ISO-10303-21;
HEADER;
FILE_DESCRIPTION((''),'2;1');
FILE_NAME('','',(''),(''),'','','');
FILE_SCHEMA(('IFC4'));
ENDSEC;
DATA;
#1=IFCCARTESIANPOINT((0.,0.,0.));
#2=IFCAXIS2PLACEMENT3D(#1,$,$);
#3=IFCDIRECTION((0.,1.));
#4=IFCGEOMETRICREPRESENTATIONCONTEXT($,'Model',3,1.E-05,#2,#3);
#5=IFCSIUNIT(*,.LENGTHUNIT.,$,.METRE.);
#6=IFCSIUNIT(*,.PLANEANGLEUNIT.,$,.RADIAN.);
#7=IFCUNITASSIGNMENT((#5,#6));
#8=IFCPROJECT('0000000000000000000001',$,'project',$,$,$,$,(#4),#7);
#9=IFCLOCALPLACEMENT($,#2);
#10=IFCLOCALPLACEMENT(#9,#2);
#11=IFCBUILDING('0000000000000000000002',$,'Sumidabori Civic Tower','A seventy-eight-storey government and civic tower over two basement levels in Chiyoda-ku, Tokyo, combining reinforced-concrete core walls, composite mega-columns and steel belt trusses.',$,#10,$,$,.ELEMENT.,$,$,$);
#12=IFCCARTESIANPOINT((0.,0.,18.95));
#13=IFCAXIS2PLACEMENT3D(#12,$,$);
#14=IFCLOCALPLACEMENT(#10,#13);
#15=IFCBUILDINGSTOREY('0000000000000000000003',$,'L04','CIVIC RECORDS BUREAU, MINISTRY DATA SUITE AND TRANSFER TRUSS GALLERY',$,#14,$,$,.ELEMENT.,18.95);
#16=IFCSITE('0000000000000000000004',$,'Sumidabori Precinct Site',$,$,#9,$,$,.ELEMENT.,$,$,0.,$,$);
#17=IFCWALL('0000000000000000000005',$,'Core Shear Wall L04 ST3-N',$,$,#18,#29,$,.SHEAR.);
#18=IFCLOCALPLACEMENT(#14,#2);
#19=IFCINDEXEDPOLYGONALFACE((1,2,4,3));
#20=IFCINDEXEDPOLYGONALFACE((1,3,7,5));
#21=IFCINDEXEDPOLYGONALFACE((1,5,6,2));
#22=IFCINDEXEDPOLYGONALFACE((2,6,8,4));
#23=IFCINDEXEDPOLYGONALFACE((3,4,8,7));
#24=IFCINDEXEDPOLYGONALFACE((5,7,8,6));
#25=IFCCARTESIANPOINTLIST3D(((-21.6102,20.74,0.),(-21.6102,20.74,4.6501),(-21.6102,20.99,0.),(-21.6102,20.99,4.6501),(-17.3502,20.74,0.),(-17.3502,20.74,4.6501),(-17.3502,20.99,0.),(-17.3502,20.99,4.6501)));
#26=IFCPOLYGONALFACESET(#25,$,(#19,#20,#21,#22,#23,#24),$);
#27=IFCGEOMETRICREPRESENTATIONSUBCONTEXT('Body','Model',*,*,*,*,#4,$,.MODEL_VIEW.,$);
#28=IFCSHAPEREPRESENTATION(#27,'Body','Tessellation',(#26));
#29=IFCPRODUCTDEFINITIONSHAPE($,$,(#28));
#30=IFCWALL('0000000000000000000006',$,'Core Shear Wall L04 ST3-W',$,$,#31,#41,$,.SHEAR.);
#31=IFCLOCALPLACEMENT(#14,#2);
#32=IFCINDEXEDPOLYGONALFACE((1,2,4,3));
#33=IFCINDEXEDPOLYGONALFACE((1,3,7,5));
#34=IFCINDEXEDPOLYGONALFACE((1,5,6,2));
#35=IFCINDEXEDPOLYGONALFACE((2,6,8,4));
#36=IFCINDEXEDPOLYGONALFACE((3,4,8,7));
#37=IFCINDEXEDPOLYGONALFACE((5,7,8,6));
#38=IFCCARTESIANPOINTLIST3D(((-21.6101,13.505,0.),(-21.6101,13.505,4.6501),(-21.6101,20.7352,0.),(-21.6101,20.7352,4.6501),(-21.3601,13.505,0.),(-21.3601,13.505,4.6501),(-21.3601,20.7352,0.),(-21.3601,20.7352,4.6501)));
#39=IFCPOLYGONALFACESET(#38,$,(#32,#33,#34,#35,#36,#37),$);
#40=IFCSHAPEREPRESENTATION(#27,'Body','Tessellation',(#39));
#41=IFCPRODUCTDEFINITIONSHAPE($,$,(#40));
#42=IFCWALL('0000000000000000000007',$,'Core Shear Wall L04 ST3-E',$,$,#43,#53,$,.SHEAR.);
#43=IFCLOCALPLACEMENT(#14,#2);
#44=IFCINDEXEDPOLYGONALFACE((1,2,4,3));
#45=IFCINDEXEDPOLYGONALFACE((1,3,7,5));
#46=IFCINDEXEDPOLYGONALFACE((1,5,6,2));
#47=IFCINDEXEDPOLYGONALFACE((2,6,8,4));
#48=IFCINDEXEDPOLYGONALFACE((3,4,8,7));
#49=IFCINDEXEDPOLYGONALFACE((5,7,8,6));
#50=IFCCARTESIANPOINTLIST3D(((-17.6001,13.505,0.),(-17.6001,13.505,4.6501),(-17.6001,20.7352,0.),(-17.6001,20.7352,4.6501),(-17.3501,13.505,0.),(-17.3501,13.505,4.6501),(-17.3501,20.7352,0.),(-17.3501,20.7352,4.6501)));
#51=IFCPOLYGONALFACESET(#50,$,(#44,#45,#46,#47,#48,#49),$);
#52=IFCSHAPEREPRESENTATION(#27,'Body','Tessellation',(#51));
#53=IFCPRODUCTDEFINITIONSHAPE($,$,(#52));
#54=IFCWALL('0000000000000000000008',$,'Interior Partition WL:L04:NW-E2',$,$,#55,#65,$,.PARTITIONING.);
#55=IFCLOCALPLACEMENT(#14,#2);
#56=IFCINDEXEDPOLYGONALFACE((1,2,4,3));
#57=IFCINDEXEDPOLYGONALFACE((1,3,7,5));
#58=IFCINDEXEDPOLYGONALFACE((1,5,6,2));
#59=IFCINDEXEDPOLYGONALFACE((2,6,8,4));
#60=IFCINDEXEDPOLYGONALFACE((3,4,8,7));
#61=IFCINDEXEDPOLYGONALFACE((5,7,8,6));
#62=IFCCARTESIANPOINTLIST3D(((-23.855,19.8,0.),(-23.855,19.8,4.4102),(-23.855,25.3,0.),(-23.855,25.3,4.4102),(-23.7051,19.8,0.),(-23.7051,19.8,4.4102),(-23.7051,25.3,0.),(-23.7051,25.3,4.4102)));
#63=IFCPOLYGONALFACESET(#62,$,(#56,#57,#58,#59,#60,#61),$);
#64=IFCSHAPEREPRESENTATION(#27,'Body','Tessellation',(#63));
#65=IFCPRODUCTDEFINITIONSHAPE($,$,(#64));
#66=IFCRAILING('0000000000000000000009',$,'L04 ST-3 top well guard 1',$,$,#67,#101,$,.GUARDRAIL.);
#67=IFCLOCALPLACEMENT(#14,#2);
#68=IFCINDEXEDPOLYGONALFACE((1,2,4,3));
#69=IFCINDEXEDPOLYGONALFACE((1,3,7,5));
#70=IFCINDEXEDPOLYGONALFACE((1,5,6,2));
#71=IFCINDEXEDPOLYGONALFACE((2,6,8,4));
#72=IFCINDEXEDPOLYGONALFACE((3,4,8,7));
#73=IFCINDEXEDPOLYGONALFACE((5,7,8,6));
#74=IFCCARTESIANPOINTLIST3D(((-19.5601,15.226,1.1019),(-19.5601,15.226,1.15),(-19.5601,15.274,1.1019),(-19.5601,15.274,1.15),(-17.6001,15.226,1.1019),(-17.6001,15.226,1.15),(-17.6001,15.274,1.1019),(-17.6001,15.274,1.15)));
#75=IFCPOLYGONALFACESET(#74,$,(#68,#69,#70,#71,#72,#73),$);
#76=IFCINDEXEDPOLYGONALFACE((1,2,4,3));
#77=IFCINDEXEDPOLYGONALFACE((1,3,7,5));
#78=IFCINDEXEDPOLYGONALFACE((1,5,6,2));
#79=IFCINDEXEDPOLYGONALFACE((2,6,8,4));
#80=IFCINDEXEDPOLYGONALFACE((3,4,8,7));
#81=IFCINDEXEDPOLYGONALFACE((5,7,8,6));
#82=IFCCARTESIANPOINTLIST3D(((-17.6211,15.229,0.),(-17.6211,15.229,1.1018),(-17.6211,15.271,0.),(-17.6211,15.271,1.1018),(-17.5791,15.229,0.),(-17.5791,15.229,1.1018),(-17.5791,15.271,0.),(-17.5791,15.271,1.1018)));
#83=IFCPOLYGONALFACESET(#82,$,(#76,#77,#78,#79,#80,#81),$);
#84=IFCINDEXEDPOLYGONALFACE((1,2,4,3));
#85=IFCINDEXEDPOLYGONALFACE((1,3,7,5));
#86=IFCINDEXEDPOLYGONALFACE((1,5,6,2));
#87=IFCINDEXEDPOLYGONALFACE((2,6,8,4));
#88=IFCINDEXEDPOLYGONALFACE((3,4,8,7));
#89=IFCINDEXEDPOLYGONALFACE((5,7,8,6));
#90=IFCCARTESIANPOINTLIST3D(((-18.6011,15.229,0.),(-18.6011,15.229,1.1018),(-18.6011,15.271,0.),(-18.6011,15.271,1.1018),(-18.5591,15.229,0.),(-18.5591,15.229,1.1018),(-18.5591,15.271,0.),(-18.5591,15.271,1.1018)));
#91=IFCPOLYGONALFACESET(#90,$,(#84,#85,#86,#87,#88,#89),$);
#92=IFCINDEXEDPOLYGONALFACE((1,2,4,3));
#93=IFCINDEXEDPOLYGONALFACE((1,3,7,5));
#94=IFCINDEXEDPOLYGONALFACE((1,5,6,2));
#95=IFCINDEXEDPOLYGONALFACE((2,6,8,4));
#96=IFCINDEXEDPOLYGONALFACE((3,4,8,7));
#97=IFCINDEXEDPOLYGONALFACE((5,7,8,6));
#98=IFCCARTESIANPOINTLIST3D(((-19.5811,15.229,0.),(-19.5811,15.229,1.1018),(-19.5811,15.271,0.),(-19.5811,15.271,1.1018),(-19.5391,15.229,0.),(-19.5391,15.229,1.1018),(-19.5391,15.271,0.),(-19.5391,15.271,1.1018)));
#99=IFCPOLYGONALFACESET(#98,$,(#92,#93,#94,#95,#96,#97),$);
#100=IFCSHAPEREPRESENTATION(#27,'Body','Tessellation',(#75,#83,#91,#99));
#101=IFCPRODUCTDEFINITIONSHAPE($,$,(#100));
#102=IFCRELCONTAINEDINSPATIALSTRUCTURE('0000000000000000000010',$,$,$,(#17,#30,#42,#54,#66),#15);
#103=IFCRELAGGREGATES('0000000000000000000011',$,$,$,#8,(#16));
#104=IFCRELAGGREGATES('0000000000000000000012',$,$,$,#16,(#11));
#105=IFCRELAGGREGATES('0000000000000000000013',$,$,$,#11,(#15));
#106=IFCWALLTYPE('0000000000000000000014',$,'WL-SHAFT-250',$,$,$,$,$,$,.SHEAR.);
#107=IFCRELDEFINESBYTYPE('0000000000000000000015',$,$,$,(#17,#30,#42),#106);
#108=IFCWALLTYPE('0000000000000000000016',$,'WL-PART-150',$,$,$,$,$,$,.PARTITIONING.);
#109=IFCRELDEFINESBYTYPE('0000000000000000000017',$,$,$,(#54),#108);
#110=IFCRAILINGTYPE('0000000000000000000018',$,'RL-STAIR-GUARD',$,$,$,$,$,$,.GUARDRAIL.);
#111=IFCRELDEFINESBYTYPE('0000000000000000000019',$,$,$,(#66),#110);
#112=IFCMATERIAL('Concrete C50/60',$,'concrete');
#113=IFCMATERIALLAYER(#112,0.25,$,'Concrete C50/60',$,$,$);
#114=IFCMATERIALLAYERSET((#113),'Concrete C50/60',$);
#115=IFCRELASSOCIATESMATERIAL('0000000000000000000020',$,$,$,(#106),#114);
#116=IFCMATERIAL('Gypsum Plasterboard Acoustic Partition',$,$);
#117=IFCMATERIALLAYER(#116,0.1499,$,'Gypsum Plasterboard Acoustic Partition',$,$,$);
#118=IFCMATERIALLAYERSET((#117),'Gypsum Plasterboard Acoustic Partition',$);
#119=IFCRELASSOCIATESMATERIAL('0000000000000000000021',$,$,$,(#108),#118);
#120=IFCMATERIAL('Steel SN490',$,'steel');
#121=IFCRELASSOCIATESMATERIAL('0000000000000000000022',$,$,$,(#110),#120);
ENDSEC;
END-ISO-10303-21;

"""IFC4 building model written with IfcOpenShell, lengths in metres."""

from ifc_helpers import new_model, si_unit, direction, frame, frame_2d, origin, origin_2d, place, context, subcontext, project, spatial, rectangle, extrude, source, transform, mapped, material, layer, layer_set, type_object, element, save


model = new_model("IFC4")

# Units and contexts
model_context = context("Model", 3, precision=1e-05, world=origin(), true_north=direction((0.0, 1.0)))
body_context = subcontext(model_context, "Body", "Model", "MODEL_VIEW")
ifc_project = project(units=[si_unit("LENGTHUNIT", "METRE"), si_unit("PLANEANGLEUNIT", "RADIAN")], contexts=[model_context])

# Site, building, storey
site_placement = place(None, origin())
site = spatial("IfcSite", under=ifc_project, at=site_placement, Name="Sumidabori Precinct Site", CompositionType="ELEMENT", RefElevation=0.0)
building_placement = place(site_placement, origin())
building = spatial("IfcBuilding", under=site, at=building_placement, Name="Sumidabori Civic Tower", Description="A seventy-eight-storey government and civic tower over two basement levels in Chiyoda-ku, Tokyo, combining reinforced-concrete core walls, composite mega-columns and steel belt trusses.", CompositionType="ELEMENT")
storey_placement = place(building_placement, frame((0.0, 0.0, 18.95)))
storey = spatial("IfcBuildingStorey", under=building, at=storey_placement, Name="L04", Description="CIVIC RECORDS BUREAU, MINISTRY DATA SUITE AND TRANSFER TRUSS GALLERY", CompositionType="ELEMENT", Elevation=18.95)

# Walls
ifc_material_1 = material(Name="Concrete C50/60", Category="concrete")
ifc_layer_1 = layer(ifc_material_1, 0.25, Name="Concrete C50/60")
ifc_layer_set_1 = layer_set([ifc_layer_1], Name="Concrete C50/60")
wall_type_1 = type_object("IfcWallType", Name="WL-SHAFT-250", PredefinedType="SHEAR", material=ifc_layer_set_1)
shared_shape_1 = source(origin(), body_context, "Body", "SweptSolid", [
    extrude(rectangle(XDim=4.26, YDim=0.25, at=frame_2d((2.1299, 0.0))), origin(), (0.0, 0.0, 1.0), 4.6501),
])
wall_1_placement = place(storey_placement, frame((-21.6101, 20.865, 0.0), z_axis=(0.0, 0.0, 1.0), x_axis=(1.0, 0.0, 0.0)))
element("IfcWall", 1, at=wall_1_placement, inside=storey, type_object=wall_type_1, Name="Core Shear Wall L04 ST3-N", PredefinedType="SHEAR", context=body_context, shape_type="MappedRepresentation", body=[
    mapped(shared_shape_1, transform((0.0, 0.0, 0.0), x_axis=(1.0, 0.0, 0.0), y_axis=(0.0, 1.0, 0.0), z_axis=(0.0, 0.0, 1.0), scale=1.0)),
])
shared_shape_2 = source(origin(), body_context, "Body", "SweptSolid", [
    extrude(rectangle(XDim=7.2302, YDim=0.25, at=frame_2d((3.6152, 0.0))), origin(), (0.0, 0.0, 1.0), 4.6501),
])
for number, where, z_axis, x_axis, name in (
    (2, (-21.4851, 13.5049, 0.0), (0.0, 0.0, 1.0), (0.0, 1.0, 0.0), "Core Shear Wall L04 ST3-W"),
    (3, (-17.4751, 13.5049, 0.0), (0.0, 0.0, 1.0), (0.0, 1.0, 0.0), "Core Shear Wall L04 ST3-E"),
):
    element("IfcWall", number, at=place(storey_placement, frame(where, z_axis=z_axis, x_axis=x_axis)), inside=storey, type_object=wall_type_1, Name=name, PredefinedType="SHEAR", context=body_context, shape_type="MappedRepresentation", body=[
        mapped(shared_shape_2, transform((0.0, 0.0, 0.0), x_axis=(1.0, 0.0, 0.0), y_axis=(0.0, 1.0, 0.0), z_axis=(0.0, 0.0, 1.0), scale=1.0)),
    ])
ifc_material_2 = material(Name="Gypsum Plasterboard Acoustic Partition")
ifc_layer_2 = layer(ifc_material_2, 0.1499, Name="Gypsum Plasterboard Acoustic Partition")
ifc_layer_set_2 = layer_set([ifc_layer_2], Name="Gypsum Plasterboard Acoustic Partition")
wall_type_2 = type_object("IfcWallType", Name="WL-PART-150", PredefinedType="PARTITIONING", material=ifc_layer_set_2)
shared_shape_3 = source(origin(), body_context, "Body", "SweptSolid", [
    extrude(rectangle(XDim=5.5, YDim=0.1499, at=frame_2d((2.75, 0.0))), origin(), (0.0, 0.0, 1.0), 4.4102),
])
wall_2_placement = place(storey_placement, frame((-23.78, 19.8, 0.0), z_axis=(0.0, 0.0, 1.0), x_axis=(0.0, 1.0, 0.0)))
element("IfcWall", 4, at=wall_2_placement, inside=storey, type_object=wall_type_2, Name="Interior Partition WL:L04:NW-E2", PredefinedType="PARTITIONING", context=body_context, shape_type="MappedRepresentation", body=[
    mapped(shared_shape_3, transform((0.0, 0.0, 0.0), x_axis=(1.0, 0.0, 0.0), y_axis=(0.0, 1.0, 0.0), z_axis=(0.0, 0.0, 1.0), scale=1.0)),
])

# Railing
ifc_material_3 = material(Name="Steel SN490", Category="steel")
railing_type_1 = type_object("IfcRailingType", Name="RL-STAIR-GUARD", PredefinedType="GUARDRAIL", material=ifc_material_3)
railing_1_placement = place(storey_placement, frame((-17.6001, 15.25, 0.0)))
element("IfcRailing", 5, at=railing_1_placement, inside=storey, type_object=railing_type_1, Name="L04 ST-3 top well guard 1", PredefinedType="GUARDRAIL", context=body_context, shape_type="SweptSolid", body=[
    extrude(rectangle(XDim=0.0481, YDim=0.0481, at=origin_2d()), frame((0.0, 0.0, 1.126), z_axis=(-1.0, 0.0, 0.0), x_axis=(0.0, -1.0, 0.0)), (0.0, 0.0, 1.0), 1.96),
    extrude(rectangle(XDim=0.042, YDim=0.042, at=origin_2d()), origin(), (0.0, 0.0, 1.0), 1.1018),
    extrude(rectangle(XDim=0.042, YDim=0.042, at=origin_2d()), frame((-0.98, 0.0, 0.0)), (0.0, 0.0, 1.0), 1.1018),
    extrude(rectangle(XDim=0.042, YDim=0.042, at=origin_2d()), frame((-1.96, 0.0, 0.0)), (0.0, 0.0, 1.0), 1.1018),
])

save(model, "model.ifc")
